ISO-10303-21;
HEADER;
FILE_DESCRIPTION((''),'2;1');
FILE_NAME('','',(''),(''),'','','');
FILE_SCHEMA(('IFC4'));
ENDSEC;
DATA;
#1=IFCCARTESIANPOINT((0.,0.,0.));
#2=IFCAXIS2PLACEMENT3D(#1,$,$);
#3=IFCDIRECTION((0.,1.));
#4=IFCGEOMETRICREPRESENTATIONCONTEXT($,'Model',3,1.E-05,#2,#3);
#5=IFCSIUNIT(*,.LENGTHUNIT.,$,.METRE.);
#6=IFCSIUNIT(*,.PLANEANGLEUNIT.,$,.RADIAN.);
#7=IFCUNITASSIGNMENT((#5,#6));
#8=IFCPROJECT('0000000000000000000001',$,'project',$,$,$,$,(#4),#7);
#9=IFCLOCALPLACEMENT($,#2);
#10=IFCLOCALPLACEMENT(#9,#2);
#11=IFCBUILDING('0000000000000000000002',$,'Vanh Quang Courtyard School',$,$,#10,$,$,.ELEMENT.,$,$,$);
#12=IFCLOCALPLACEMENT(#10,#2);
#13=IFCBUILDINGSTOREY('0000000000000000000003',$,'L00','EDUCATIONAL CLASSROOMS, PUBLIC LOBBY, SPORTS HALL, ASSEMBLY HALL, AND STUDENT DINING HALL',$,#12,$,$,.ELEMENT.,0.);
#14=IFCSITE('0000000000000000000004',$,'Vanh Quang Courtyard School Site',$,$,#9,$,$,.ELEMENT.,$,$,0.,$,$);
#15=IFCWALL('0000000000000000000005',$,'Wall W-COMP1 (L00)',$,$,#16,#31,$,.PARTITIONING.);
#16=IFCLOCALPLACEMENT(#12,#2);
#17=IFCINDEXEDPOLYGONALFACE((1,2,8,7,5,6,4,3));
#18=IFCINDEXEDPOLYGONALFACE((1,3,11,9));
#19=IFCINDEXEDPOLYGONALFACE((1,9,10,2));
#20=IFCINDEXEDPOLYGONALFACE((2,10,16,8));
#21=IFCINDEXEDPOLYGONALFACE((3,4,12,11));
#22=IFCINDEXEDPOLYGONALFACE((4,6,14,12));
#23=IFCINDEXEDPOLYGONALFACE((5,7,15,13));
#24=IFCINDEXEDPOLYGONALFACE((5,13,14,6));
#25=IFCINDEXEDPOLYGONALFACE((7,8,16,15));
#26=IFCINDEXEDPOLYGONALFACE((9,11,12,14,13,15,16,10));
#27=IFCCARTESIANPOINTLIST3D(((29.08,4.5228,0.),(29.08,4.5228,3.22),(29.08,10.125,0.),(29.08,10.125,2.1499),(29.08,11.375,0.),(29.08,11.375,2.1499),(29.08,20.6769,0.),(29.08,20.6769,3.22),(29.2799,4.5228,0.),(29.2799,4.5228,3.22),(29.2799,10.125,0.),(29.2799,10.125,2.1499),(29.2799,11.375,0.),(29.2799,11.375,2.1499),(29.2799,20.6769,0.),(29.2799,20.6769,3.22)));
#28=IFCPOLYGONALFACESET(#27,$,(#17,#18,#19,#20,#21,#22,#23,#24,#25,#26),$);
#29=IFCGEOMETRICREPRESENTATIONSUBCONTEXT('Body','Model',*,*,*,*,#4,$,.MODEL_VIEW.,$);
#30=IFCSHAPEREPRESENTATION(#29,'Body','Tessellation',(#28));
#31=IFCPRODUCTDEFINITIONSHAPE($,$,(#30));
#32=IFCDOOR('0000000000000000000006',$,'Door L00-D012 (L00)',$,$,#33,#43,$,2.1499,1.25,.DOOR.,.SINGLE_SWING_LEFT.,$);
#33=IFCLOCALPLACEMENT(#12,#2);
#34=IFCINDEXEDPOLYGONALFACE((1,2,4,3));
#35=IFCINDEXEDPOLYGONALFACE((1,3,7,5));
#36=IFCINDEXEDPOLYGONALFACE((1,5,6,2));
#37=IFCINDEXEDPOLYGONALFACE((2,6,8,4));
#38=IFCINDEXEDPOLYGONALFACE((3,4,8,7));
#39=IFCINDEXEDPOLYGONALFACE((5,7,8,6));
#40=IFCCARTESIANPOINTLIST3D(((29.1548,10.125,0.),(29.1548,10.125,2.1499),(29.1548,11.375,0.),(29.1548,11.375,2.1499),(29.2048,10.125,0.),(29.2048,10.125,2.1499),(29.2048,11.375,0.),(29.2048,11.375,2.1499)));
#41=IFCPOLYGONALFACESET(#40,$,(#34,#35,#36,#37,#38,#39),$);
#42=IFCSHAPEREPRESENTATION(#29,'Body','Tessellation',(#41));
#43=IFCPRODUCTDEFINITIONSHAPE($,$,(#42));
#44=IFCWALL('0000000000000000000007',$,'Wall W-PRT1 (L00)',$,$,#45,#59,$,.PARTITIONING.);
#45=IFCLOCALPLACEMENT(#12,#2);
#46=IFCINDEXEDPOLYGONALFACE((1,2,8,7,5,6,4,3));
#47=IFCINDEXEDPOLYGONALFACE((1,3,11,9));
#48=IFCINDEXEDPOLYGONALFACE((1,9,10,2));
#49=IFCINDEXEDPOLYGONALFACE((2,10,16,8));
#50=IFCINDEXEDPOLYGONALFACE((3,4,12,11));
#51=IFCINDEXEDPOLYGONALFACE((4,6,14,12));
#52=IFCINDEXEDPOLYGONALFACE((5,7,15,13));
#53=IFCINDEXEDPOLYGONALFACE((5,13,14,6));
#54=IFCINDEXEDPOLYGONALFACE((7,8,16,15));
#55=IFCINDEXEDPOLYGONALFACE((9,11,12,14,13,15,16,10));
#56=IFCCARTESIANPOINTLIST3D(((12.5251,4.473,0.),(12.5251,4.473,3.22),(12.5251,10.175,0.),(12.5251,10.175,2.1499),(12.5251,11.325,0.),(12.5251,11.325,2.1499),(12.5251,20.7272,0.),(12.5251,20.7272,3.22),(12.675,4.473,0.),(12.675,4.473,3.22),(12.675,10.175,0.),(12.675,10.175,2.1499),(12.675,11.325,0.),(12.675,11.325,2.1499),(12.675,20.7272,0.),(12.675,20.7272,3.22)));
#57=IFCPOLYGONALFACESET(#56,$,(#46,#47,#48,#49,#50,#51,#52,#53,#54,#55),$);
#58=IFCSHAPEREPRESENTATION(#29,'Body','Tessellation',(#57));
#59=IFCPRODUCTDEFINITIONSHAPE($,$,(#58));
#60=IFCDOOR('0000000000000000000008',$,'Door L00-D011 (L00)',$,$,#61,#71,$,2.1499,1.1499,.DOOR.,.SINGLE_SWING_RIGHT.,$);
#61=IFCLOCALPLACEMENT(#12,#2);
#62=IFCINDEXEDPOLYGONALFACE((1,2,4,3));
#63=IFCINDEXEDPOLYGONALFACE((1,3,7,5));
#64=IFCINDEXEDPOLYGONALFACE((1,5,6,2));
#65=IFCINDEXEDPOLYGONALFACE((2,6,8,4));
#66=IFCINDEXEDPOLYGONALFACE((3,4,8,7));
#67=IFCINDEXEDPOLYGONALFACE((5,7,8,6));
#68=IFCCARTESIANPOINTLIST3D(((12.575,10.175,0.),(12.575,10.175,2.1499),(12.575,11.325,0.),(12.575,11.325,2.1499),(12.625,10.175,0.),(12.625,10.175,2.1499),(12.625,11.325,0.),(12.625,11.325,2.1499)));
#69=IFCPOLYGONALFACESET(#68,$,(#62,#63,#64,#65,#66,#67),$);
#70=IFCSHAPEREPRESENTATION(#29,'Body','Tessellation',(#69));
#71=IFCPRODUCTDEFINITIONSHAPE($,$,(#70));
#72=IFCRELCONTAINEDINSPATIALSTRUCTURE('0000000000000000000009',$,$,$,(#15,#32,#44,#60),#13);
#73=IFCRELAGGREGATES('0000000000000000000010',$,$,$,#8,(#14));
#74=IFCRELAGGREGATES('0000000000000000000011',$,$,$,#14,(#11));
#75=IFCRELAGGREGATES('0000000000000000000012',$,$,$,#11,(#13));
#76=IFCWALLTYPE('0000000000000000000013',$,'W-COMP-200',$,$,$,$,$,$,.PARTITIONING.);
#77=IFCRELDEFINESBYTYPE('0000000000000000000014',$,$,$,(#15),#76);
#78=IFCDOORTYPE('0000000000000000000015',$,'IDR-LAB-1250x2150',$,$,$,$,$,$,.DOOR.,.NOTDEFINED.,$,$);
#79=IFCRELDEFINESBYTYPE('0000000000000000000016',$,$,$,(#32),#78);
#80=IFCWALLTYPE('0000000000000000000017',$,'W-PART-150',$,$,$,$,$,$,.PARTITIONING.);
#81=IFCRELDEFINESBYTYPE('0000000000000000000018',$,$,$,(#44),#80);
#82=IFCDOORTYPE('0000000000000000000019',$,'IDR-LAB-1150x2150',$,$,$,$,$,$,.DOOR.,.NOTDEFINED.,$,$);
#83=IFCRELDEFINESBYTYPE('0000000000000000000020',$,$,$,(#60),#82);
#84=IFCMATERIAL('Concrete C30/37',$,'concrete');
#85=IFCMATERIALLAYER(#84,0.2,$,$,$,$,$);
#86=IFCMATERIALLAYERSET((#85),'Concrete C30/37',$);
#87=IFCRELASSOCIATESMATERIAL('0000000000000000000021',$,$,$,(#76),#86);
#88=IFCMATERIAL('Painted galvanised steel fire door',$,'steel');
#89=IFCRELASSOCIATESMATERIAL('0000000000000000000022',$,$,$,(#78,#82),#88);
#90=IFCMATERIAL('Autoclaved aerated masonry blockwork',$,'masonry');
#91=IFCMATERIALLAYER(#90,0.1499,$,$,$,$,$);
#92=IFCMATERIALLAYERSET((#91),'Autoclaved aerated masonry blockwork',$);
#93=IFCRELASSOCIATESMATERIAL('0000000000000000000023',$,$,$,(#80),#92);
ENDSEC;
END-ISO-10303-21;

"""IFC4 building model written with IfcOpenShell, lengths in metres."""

from ifc_helpers import new_model, si_unit, direction, frame, frame_2d, origin, place, context, subcontext, project, spatial, rectangle, extrude, material, layer, layer_set, type_object, element, fill, save


model = new_model("IFC4")

# Units and contexts
model_context = context("Model", 3, precision=1e-05, world=origin(), true_north=direction((0.0, 1.0)))
body_context = subcontext(model_context, "Body", "Model", "MODEL_VIEW")
ifc_project = project(units=[si_unit("LENGTHUNIT", "METRE"), si_unit("PLANEANGLEUNIT", "RADIAN")], contexts=[model_context])

# Site, building, storey
site_placement = place(None, origin())
site = spatial("IfcSite", under=ifc_project, at=site_placement, Name="Vanh Quang Courtyard School Site", CompositionType="ELEMENT", RefElevation=0.0)
building_placement = place(site_placement, origin())
building = spatial("IfcBuilding", under=site, at=building_placement, Name="Vanh Quang Courtyard School", CompositionType="ELEMENT")
storey_placement = place(building_placement, origin())
storey = spatial("IfcBuildingStorey", under=building, at=storey_placement, Name="L00", Description="EDUCATIONAL CLASSROOMS, PUBLIC LOBBY, SPORTS HALL, ASSEMBLY HALL, AND STUDENT DINING HALL", CompositionType="ELEMENT", Elevation=0.0)

# Shared definitions
ifc_material_1 = material(Name="Concrete C30/37", Category="concrete")

# Walls, openings, doors
ifc_layer_1 = layer(ifc_material_1, 0.2)
ifc_layer_set_1 = layer_set([ifc_layer_1], Name="Concrete C30/37")
wall_type_1 = type_object("IfcWallType", Name="W-COMP-200", PredefinedType="PARTITIONING", material=ifc_layer_set_1)
wall_1_placement = place(storey_placement, frame((29.1799, 20.677, 0.0), z_axis=(0.0, 0.0, 1.0), x_axis=(0.0, -1.0, 0.0)))
wall_1 = element("IfcWall", 1, at=wall_1_placement, inside=storey, type_object=wall_type_1, Name="Wall W-COMP1 (L00)", PredefinedType="PARTITIONING", context=body_context, shape_type="SweptSolid", body=[
    extrude(rectangle(XDim=16.1541, YDim=0.2, at=frame_2d((8.0771, 0.0))), origin(), (0.0, 0.0, 1.0), 3.22),
])
opening_1_placement = place(wall_1_placement, frame((9.302, 0.0, 0.0)))
opening_1 = element("IfcOpeningElement", 2, at=opening_1_placement, cuts=wall_1, PredefinedType="OPENING", context=body_context, shape_type="SweptSolid", body=[
    extrude(rectangle(XDim=1.25, YDim=2.1499, at=frame_2d((0.625, 1.075))), frame((0.0, 0.1099, 0.0), z_axis=(0.0, -1.0, 0.0), x_axis=(1.0, 0.0, 0.0)), (0.0, 0.0, 1.0), 0.22),
])
ifc_material_2 = material(Name="Painted galvanised steel fire door", Category="steel")
door_type_1 = type_object("IfcDoorType", Name="IDR-LAB-1250x2150", OperationType="NOTDEFINED", PredefinedType="DOOR", material=ifc_material_2)
door_1_placement = place(opening_1_placement, origin())
door_1 = element("IfcDoor", 3, at=door_1_placement, inside=storey, type_object=door_type_1, Name="Door L00-D012 (L00)", OperationType="SINGLE_SWING_LEFT", OverallHeight=2.1499, OverallWidth=1.25, PredefinedType="DOOR", context=body_context, shape_type="SweptSolid", body=[
    extrude(rectangle(XDim=1.25, YDim=2.1499, at=frame_2d((0.625, 1.075))), frame((0.0, 0.0249, 0.0), z_axis=(0.0, -1.0, 0.0), x_axis=(1.0, 0.0, 0.0)), (0.0, 0.0, 1.0), 0.05),
])
fill(opening_1, door_1)
ifc_material_3 = material(Name="Autoclaved aerated masonry blockwork", Category="masonry")
ifc_layer_2 = layer(ifc_material_3, 0.1499)
ifc_layer_set_2 = layer_set([ifc_layer_2], Name="Autoclaved aerated masonry blockwork")
wall_type_2 = type_object("IfcWallType", Name="W-PART-150", PredefinedType="PARTITIONING", material=ifc_layer_set_2)
wall_2_placement = place(storey_placement, frame((12.6001, 20.7271, 0.0), z_axis=(0.0, 0.0, 1.0), x_axis=(0.0, -1.0, 0.0)))
wall_2 = element("IfcWall", 4, at=wall_2_placement, inside=storey, type_object=wall_type_2, Name="Wall W-PRT1 (L00)", PredefinedType="PARTITIONING", context=body_context, shape_type="SweptSolid", body=[
    extrude(rectangle(XDim=16.2542, YDim=0.1499, at=frame_2d((8.127, 0.0))), origin(), (0.0, 0.0, 1.0), 3.22),
])
opening_2_placement = place(wall_2_placement, frame((9.4021, 0.0, 0.0)))
opening_2 = element("IfcOpeningElement", 5, at=opening_2_placement, cuts=wall_2, PredefinedType="OPENING", context=body_context, shape_type="SweptSolid", body=[
    extrude(rectangle(XDim=1.1499, YDim=2.1499, at=frame_2d((0.575, 1.075))), frame((0.0, 0.085, 0.0), z_axis=(0.0, -1.0, 0.0), x_axis=(1.0, 0.0, 0.0)), (0.0, 0.0, 1.0), 0.1699),
])
door_type_2 = type_object("IfcDoorType", Name="IDR-LAB-1150x2150", OperationType="NOTDEFINED", PredefinedType="DOOR", material=ifc_material_2)
door_2_placement = place(opening_2_placement, origin())
door_2 = element("IfcDoor", 6, at=door_2_placement, inside=storey, type_object=door_type_2, Name="Door L00-D011 (L00)", OperationType="SINGLE_SWING_RIGHT", OverallHeight=2.1499, OverallWidth=1.1499, PredefinedType="DOOR", context=body_context, shape_type="SweptSolid", body=[
    extrude(rectangle(XDim=1.1499, YDim=2.1499, at=frame_2d((0.575, 1.075))), frame((0.0, 0.0249, 0.0), z_axis=(0.0, -1.0, 0.0), x_axis=(1.0, 0.0, 0.0)), (0.0, 0.0, 1.0), 0.05),
])
fill(opening_2, door_2)

save(model, "model.ifc")
